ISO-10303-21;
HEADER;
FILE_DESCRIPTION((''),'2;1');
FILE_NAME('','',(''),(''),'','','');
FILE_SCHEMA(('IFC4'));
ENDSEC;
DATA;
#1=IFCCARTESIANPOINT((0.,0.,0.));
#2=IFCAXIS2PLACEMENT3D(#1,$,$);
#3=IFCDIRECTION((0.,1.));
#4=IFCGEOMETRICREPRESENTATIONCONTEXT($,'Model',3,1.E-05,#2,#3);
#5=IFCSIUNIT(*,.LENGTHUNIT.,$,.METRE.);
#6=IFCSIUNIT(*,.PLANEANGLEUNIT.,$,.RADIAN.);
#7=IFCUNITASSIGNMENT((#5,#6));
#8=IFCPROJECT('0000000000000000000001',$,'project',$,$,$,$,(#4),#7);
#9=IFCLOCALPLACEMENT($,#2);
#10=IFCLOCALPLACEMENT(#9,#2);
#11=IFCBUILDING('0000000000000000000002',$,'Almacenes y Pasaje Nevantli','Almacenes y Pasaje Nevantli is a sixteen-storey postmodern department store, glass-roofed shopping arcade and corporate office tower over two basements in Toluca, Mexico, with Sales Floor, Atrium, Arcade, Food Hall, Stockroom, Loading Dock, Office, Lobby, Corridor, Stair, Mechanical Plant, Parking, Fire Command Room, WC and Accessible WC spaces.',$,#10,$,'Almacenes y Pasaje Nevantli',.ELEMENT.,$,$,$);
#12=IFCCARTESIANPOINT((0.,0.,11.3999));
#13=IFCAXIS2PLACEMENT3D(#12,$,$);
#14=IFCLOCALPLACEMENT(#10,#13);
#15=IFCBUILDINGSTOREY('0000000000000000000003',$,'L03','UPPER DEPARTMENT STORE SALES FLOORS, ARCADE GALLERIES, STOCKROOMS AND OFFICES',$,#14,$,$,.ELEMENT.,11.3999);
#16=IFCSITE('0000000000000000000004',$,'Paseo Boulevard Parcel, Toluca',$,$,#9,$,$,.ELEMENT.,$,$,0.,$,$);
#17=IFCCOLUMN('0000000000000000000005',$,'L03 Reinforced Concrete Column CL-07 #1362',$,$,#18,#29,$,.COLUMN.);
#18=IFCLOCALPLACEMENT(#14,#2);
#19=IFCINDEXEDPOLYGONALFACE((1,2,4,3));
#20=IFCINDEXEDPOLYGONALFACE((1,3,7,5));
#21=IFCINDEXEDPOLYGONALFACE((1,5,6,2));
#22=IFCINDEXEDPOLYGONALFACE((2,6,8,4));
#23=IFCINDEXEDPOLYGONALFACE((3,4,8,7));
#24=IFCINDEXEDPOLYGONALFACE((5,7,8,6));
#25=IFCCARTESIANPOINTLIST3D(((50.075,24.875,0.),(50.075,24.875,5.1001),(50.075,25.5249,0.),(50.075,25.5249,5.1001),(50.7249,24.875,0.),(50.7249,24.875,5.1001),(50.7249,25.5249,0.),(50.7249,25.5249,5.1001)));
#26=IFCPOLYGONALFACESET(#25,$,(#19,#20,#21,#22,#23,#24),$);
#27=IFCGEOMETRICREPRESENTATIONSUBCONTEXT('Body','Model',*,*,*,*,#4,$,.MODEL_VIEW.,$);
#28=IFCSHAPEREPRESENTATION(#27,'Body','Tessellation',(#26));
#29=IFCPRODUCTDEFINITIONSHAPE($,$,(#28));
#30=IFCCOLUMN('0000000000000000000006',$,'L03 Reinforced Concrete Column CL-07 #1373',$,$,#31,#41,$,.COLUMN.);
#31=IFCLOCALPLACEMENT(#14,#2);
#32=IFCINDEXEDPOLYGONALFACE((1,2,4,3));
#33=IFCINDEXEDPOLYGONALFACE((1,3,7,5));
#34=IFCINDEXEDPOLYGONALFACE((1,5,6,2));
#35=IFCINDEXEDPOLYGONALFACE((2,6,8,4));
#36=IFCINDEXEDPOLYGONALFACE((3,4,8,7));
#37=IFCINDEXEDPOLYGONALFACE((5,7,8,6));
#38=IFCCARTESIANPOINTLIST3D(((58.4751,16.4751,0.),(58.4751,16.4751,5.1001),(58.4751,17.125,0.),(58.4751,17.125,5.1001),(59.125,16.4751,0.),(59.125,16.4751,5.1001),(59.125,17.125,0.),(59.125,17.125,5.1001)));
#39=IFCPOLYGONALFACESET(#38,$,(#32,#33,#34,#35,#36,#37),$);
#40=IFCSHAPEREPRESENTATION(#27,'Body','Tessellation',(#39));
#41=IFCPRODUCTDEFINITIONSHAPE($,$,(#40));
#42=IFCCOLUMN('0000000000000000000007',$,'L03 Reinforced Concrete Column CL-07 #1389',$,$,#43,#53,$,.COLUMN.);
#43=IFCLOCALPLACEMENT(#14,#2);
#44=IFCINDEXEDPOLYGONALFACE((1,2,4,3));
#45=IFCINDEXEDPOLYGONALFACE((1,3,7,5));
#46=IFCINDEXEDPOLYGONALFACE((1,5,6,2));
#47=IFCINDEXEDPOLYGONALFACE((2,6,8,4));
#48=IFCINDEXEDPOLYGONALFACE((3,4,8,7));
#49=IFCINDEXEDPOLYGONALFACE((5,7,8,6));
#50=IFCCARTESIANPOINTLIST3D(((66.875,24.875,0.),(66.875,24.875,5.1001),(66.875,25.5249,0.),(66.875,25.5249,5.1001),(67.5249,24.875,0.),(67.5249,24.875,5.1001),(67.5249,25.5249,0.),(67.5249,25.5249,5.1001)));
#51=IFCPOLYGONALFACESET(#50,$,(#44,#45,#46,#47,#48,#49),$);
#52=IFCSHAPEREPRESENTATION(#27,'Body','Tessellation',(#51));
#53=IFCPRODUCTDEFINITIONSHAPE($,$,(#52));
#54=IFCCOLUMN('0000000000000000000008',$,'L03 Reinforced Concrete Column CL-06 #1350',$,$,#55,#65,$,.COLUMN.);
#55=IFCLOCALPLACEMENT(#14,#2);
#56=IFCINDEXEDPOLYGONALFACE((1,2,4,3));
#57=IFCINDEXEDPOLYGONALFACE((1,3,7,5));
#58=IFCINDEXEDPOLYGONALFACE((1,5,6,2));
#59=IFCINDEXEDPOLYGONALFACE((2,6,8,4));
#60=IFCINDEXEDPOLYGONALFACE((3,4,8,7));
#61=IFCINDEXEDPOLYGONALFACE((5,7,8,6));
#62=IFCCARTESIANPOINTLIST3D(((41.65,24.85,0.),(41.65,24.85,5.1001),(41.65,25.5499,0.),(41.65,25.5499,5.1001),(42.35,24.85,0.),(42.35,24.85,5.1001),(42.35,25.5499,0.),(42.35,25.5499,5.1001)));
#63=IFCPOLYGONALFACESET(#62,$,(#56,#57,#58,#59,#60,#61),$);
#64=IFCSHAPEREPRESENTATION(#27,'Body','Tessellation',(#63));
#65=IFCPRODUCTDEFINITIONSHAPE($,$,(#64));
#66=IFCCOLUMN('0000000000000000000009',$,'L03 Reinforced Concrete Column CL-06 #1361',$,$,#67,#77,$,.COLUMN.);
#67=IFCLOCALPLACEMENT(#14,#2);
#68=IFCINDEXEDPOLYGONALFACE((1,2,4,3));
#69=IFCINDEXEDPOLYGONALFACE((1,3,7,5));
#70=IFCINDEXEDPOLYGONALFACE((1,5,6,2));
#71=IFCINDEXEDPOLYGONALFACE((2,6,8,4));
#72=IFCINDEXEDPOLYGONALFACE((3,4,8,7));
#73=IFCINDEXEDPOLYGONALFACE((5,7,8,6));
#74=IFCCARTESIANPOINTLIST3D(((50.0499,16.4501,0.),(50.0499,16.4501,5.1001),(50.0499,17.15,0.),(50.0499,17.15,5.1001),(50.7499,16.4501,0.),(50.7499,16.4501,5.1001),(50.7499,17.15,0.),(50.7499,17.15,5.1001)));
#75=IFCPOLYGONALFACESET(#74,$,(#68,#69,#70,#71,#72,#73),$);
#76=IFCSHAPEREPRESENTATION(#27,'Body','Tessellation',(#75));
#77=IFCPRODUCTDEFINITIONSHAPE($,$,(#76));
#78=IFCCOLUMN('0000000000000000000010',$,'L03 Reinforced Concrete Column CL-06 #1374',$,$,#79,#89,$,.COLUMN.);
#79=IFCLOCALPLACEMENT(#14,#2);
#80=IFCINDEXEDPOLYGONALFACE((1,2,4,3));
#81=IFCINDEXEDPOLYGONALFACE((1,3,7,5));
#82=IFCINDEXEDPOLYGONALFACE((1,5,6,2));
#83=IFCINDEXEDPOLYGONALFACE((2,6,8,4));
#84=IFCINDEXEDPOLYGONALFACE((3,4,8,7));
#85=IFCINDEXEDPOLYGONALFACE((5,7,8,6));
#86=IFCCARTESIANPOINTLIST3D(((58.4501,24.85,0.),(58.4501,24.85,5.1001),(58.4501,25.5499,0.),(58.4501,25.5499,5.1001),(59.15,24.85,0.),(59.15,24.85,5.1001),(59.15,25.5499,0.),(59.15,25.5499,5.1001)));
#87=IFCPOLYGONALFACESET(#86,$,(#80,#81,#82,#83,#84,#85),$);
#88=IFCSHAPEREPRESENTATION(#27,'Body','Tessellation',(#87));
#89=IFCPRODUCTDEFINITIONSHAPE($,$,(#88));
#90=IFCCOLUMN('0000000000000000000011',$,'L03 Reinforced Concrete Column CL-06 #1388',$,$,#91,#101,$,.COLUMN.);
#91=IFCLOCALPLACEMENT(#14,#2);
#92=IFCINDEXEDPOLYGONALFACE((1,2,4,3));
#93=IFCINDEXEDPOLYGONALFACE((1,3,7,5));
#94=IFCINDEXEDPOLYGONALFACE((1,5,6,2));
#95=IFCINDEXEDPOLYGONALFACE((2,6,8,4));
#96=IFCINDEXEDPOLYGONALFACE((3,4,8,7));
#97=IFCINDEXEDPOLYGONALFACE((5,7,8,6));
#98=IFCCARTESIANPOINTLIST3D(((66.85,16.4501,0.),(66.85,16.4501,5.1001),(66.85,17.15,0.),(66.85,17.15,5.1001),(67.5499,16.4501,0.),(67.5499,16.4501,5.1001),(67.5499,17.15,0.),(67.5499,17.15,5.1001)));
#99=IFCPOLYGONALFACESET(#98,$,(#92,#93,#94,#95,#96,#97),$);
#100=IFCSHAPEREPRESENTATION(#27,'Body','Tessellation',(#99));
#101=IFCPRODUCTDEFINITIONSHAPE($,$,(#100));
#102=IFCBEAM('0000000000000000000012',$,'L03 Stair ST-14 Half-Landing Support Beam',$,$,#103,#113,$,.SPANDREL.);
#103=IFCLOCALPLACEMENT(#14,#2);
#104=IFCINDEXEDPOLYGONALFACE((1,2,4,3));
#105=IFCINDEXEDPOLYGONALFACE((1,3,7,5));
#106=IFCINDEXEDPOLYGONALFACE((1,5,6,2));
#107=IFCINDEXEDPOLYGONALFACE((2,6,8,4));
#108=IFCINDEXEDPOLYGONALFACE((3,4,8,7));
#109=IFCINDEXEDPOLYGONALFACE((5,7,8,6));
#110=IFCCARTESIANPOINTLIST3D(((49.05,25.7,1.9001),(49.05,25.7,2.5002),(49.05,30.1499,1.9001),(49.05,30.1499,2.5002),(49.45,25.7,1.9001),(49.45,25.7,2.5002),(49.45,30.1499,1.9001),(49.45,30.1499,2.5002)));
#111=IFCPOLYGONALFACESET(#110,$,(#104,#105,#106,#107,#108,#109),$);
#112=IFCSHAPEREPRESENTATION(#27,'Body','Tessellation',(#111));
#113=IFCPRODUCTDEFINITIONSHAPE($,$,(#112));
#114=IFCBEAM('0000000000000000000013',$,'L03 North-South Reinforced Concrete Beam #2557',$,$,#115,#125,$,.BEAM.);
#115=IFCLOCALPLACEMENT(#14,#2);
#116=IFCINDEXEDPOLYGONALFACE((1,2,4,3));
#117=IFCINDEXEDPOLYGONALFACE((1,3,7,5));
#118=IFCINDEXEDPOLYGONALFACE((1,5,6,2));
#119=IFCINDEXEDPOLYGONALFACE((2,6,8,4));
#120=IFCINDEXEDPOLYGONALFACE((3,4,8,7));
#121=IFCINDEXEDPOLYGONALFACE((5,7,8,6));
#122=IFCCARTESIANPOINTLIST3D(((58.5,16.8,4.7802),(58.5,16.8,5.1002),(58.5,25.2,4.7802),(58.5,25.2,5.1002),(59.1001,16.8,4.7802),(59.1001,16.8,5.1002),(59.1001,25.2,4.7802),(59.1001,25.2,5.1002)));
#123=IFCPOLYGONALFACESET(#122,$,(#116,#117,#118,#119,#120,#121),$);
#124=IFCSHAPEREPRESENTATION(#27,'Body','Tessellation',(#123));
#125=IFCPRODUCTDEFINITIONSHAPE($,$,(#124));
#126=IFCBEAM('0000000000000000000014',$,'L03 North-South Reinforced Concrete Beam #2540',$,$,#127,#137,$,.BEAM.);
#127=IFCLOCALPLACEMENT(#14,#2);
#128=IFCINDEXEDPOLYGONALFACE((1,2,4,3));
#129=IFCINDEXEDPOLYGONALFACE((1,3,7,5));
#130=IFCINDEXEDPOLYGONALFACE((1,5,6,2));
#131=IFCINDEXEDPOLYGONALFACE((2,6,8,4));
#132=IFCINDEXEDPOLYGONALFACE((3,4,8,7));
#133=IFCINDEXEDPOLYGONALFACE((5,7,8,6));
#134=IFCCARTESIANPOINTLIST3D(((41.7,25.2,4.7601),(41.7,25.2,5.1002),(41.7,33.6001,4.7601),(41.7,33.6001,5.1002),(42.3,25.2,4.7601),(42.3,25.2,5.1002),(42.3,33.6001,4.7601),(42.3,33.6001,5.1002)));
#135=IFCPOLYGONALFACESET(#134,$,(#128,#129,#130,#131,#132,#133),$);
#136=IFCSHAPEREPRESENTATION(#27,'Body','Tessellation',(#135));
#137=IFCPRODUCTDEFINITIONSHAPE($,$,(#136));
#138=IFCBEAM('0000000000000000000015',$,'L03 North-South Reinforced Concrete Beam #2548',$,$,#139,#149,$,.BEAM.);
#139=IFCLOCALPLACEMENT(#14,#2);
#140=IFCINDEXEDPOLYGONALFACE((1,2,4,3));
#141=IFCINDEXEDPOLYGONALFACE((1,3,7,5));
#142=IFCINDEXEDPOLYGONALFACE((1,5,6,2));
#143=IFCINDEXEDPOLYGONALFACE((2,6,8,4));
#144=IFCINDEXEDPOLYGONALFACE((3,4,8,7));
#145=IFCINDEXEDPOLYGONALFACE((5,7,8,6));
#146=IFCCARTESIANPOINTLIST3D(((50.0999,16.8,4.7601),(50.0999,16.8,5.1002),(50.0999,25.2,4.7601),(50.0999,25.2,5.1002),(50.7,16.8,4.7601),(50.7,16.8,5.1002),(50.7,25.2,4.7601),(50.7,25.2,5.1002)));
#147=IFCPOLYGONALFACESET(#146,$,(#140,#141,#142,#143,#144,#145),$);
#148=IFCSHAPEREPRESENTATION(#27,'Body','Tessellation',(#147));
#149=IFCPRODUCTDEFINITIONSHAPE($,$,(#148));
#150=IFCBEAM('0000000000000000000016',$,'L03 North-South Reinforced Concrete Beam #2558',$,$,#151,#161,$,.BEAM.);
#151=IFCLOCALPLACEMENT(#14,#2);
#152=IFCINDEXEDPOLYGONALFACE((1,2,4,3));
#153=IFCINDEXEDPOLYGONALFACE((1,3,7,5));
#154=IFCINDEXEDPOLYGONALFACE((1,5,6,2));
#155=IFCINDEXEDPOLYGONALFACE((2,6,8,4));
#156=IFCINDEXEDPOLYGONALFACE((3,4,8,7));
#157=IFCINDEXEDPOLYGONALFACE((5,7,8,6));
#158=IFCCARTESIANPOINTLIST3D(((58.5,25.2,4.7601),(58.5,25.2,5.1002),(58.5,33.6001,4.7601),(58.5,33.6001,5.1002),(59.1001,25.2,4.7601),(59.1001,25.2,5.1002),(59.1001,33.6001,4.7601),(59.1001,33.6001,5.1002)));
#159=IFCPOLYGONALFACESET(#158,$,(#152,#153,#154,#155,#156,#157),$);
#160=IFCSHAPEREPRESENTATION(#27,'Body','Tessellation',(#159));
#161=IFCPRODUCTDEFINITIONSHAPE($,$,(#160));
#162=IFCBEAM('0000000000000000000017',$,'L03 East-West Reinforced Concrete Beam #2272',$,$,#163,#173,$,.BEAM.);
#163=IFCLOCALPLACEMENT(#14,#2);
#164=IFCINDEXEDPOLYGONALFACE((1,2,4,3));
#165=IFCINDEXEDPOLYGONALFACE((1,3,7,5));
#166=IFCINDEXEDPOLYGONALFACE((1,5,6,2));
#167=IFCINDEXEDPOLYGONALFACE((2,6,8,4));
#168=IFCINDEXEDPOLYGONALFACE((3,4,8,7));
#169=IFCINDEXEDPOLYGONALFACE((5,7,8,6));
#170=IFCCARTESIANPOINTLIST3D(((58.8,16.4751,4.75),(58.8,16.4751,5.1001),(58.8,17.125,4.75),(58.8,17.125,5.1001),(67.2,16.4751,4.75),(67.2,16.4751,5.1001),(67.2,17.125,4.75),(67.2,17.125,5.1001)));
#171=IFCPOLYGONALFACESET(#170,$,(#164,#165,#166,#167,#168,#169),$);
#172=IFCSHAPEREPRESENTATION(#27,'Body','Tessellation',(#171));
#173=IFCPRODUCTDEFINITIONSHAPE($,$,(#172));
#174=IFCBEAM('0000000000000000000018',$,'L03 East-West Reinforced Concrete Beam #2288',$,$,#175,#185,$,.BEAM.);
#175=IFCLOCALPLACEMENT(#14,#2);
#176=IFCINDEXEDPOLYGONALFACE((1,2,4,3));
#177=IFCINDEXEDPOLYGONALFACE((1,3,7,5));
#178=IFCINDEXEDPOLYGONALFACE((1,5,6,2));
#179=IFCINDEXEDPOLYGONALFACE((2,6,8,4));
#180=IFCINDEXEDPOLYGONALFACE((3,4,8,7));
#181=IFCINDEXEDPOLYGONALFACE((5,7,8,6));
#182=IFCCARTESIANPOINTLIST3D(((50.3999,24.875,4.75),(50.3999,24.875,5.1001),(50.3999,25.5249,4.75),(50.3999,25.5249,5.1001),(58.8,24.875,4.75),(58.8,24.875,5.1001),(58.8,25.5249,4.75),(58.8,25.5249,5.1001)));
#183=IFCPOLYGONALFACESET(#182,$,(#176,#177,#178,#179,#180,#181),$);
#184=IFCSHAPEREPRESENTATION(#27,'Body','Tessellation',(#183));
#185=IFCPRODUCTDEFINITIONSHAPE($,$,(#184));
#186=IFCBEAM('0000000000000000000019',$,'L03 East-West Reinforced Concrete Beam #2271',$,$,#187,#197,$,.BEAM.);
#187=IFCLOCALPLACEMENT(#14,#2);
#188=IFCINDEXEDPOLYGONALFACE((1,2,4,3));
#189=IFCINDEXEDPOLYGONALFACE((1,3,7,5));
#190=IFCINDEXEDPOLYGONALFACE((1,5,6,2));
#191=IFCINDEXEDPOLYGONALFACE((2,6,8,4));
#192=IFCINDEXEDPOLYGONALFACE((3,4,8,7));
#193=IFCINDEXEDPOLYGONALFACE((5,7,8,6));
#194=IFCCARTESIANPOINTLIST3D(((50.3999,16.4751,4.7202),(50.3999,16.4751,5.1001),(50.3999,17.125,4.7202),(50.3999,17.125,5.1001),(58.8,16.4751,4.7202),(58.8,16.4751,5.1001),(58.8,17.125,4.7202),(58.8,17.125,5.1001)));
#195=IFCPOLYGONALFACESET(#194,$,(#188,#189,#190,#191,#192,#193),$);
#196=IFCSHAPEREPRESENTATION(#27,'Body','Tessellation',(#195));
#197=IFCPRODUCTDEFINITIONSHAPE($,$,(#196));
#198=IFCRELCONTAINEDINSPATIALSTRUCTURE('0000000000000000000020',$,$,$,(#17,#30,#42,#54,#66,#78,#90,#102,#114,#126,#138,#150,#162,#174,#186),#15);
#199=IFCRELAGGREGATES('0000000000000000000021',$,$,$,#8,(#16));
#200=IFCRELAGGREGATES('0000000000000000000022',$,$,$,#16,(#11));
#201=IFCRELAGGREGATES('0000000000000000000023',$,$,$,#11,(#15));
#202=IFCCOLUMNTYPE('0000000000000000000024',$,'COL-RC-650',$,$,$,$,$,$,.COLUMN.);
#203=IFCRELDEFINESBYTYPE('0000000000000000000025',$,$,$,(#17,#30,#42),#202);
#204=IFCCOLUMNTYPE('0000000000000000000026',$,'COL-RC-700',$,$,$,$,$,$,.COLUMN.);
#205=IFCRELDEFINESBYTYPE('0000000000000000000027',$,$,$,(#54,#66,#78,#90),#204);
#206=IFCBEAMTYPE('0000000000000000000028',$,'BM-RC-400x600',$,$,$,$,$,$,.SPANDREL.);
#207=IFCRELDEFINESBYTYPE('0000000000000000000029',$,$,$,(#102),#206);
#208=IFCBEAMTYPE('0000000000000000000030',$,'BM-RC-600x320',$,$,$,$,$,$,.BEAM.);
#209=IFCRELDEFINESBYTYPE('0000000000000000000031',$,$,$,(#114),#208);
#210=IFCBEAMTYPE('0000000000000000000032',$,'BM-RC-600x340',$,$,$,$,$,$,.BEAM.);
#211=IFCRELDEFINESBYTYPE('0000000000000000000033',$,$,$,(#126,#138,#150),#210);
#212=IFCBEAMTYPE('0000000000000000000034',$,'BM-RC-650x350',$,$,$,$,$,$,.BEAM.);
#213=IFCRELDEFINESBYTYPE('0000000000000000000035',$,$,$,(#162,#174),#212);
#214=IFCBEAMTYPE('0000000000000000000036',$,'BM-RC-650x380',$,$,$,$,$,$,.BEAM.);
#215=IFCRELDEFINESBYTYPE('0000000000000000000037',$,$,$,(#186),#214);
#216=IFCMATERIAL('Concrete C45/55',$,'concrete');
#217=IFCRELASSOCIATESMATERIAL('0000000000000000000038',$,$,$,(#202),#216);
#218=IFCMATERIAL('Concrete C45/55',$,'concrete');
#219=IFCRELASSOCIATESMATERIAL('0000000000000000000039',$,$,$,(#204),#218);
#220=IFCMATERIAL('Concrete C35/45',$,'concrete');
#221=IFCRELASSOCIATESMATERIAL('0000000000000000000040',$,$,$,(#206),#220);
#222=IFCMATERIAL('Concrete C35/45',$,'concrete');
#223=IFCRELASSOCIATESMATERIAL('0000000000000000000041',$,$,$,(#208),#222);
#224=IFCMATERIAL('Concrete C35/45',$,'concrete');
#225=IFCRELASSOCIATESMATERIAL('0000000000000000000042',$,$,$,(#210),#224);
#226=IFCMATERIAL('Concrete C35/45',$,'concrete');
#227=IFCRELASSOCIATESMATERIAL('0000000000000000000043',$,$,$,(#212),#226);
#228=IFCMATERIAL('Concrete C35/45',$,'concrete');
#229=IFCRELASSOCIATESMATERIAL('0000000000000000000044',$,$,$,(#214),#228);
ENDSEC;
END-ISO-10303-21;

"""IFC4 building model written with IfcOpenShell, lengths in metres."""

from ifc_helpers import new_model, si_unit, direction, frame, origin, origin_2d, place, context, subcontext, project, spatial, rectangle, extrude, material, material_profile, profile_set, type_object, element, save


model = new_model("IFC4")

# Units and contexts
model_context = context("Model", 3, precision=1e-05, world=origin(), true_north=direction((0.0, 1.0)))
body_context = subcontext(model_context, "Body", "Model", "MODEL_VIEW")
ifc_project = project(units=[si_unit("LENGTHUNIT", "METRE"), si_unit("PLANEANGLEUNIT", "RADIAN")], contexts=[model_context])

# Site, building, storey
site_placement = place(None, origin())
site = spatial("IfcSite", under=ifc_project, at=site_placement, Name="Paseo Boulevard Parcel, Toluca", CompositionType="ELEMENT", RefElevation=0.0)
building_placement = place(site_placement, origin())
building = spatial("IfcBuilding", under=site, at=building_placement, Name="Almacenes y Pasaje Nevantli", Description="Almacenes y Pasaje Nevantli is a sixteen-storey postmodern department store, glass-roofed shopping arcade and corporate office tower over two basements in Toluca, Mexico, with Sales Floor, Atrium, Arcade, Food Hall, Stockroom, Loading Dock, Office, Lobby, Corridor, Stair, Mechanical Plant, Parking, Fire Command Room, WC and Accessible WC spaces.", LongName="Almacenes y Pasaje Nevantli", CompositionType="ELEMENT")
storey_placement = place(building_placement, frame((0.0, 0.0, 11.3999)))
storey = spatial("IfcBuildingStorey", under=building, at=storey_placement, Name="L03", Description="UPPER DEPARTMENT STORE SALES FLOORS, ARCADE GALLERIES, STOCKROOMS AND OFFICES", CompositionType="ELEMENT", Elevation=11.3999)

# Columns
ifc_material_1 = material(Name="Concrete C45/55", Category="concrete")
ifc_material_profile_1 = material_profile(ifc_material_1, rectangle(XDim=0.6499, YDim=0.6499, at=origin_2d()), Name="RC-COL-650x650")
ifc_profile_set_1 = profile_set([ifc_material_profile_1], Name="Concrete C45/55")
column_type_1 = type_object("IfcColumnType", Name="COL-RC-650", PredefinedType="COLUMN", material=ifc_profile_set_1)
for number, where, z_axis, x_axis, name in (
    (1, (50.3999, 25.2, 0.0), (0.0, 0.0, 1.0), (1.0, 0.0, 0.0), "L03 Reinforced Concrete Column CL-07 #1362"),
    (2, (58.8, 16.8, 0.0), (0.0, 0.0, 1.0), (1.0, 0.0, 0.0), "L03 Reinforced Concrete Column CL-07 #1373"),
    (3, (67.2, 25.2, 0.0), (0.0, 0.0, 1.0), (1.0, 0.0, 0.0), "L03 Reinforced Concrete Column CL-07 #1389"),
):
    element("IfcColumn", number, at=place(storey_placement, frame(where, z_axis=z_axis, x_axis=x_axis)), inside=storey, type_object=column_type_1, Name=name, PredefinedType="COLUMN", context=body_context, shape_type="SweptSolid", body=[
        extrude(rectangle(XDim=0.6499, YDim=0.6499, at=origin_2d()), origin(), (0.0, 0.0, 1.0), 5.1001),
    ])
ifc_material_2 = material(Name="Concrete C45/55", Category="concrete")
ifc_material_profile_2 = material_profile(ifc_material_2, rectangle(XDim=0.7, YDim=0.7, at=origin_2d()), Name="RC-COL-700x700")
ifc_profile_set_2 = profile_set([ifc_material_profile_2], Name="Concrete C45/55")
column_type_2 = type_object("IfcColumnType", Name="COL-RC-700", PredefinedType="COLUMN", material=ifc_profile_set_2)
for number, where, z_axis, x_axis, name in (
    (4, (42.0, 25.2, 0.0), (0.0, 0.0, 1.0), (1.0, 0.0, 0.0), "L03 Reinforced Concrete Column CL-06 #1350"),
    (5, (50.3999, 16.8, 0.0), (0.0, 0.0, 1.0), (1.0, 0.0, 0.0), "L03 Reinforced Concrete Column CL-06 #1361"),
    (6, (58.8, 25.2, 0.0), (0.0, 0.0, 1.0), (1.0, 0.0, 0.0), "L03 Reinforced Concrete Column CL-06 #1374"),
    (7, (67.2, 16.8, 0.0), (0.0, 0.0, 1.0), (1.0, 0.0, 0.0), "L03 Reinforced Concrete Column CL-06 #1388"),
):
    element("IfcColumn", number, at=place(storey_placement, frame(where, z_axis=z_axis, x_axis=x_axis)), inside=storey, type_object=column_type_2, Name=name, PredefinedType="COLUMN", context=body_context, shape_type="SweptSolid", body=[
        extrude(rectangle(XDim=0.7, YDim=0.7, at=origin_2d()), origin(), (0.0, 0.0, 1.0), 5.1001),
    ])

# Beams
ifc_material_3 = material(Name="Concrete C35/45", Category="concrete")
ifc_material_profile_3 = material_profile(ifc_material_3, rectangle(XDim=0.3999, YDim=0.6001, at=origin_2d()), Name="RC-BM-400x600")
ifc_profile_set_3 = profile_set([ifc_material_profile_3], Name="Concrete C35/45")
beam_type_1 = type_object("IfcBeamType", Name="BM-RC-400x600", PredefinedType="SPANDREL", material=ifc_profile_set_3)
beam_1_placement = place(storey_placement, frame((49.25, 25.7, 2.2002), z_axis=(0.0, 1.0, 0.0), x_axis=(-1.0, 0.0, 0.0)))
element("IfcBeam", 8, at=beam_1_placement, inside=storey, type_object=beam_type_1, Name="L03 Stair ST-14 Half-Landing Support Beam", PredefinedType="SPANDREL", context=body_context, shape_type="SweptSolid", body=[
    extrude(rectangle(XDim=0.3999, YDim=0.6001, at=origin_2d()), origin(), (0.0, 0.0, 1.0), 4.45),
])
ifc_material_4 = material(Name="Concrete C35/45", Category="concrete")
ifc_material_profile_4 = material_profile(ifc_material_4, rectangle(XDim=0.6001, YDim=0.3201, at=origin_2d()), Name="RC-BM-600x320")
ifc_profile_set_4 = profile_set([ifc_material_profile_4], Name="Concrete C35/45")
beam_type_2 = type_object("IfcBeamType", Name="BM-RC-600x320", PredefinedType="BEAM", material=ifc_profile_set_4)
beam_2_placement = place(storey_placement, frame((58.8, 16.8, 4.9402), z_axis=(0.0, 1.0, 0.0), x_axis=(-1.0, 0.0, 0.0)))
element("IfcBeam", 9, at=beam_2_placement, inside=storey, type_object=beam_type_2, Name="L03 North-South Reinforced Concrete Beam #2557", PredefinedType="BEAM", context=body_context, shape_type="SweptSolid", body=[
    extrude(rectangle(XDim=0.6001, YDim=0.3201, at=origin_2d()), origin(), (0.0, 0.0, 1.0), 8.3999),
])
ifc_material_5 = material(Name="Concrete C35/45", Category="concrete")
ifc_material_profile_5 = material_profile(ifc_material_5, rectangle(XDim=0.6001, YDim=0.3401, at=origin_2d()), Name="RC-BM-600x340")
ifc_profile_set_5 = profile_set([ifc_material_profile_5], Name="Concrete C35/45")
beam_type_3 = type_object("IfcBeamType", Name="BM-RC-600x340", PredefinedType="BEAM", material=ifc_profile_set_5)
beam_3_placement = place(storey_placement, frame((42.0, 25.2, 4.9302), z_axis=(0.0, 1.0, 0.0), x_axis=(-1.0, 0.0, 0.0)))
element("IfcBeam", 10, at=beam_3_placement, inside=storey, type_object=beam_type_3, Name="L03 North-South Reinforced Concrete Beam #2540", PredefinedType="BEAM", context=body_context, shape_type="SweptSolid", body=[
    extrude(rectangle(XDim=0.6001, YDim=0.3401, at=origin_2d()), origin(), (0.0, 0.0, 1.0), 8.4001),
])
beam_4_placement = place(storey_placement, frame((50.3999, 16.8, 4.9302), z_axis=(0.0, 1.0, 0.0), x_axis=(-1.0, 0.0, 0.0)))
element("IfcBeam", 11, at=beam_4_placement, inside=storey, type_object=beam_type_3, Name="L03 North-South Reinforced Concrete Beam #2548", PredefinedType="BEAM", context=body_context, shape_type="SweptSolid", body=[
    extrude(rectangle(XDim=0.6001, YDim=0.3401, at=origin_2d()), origin(), (0.0, 0.0, 1.0), 8.3999),
])
beam_5_placement = place(storey_placement, frame((58.8, 25.2, 4.9302), z_axis=(0.0, 1.0, 0.0), x_axis=(-1.0, 0.0, 0.0)))
element("IfcBeam", 12, at=beam_5_placement, inside=storey, type_object=beam_type_3, Name="L03 North-South Reinforced Concrete Beam #2558", PredefinedType="BEAM", context=body_context, shape_type="SweptSolid", body=[
    extrude(rectangle(XDim=0.6001, YDim=0.3401, at=origin_2d()), origin(), (0.0, 0.0, 1.0), 8.4001),
])
ifc_material_6 = material(Name="Concrete C35/45", Category="concrete")
ifc_material_profile_6 = material_profile(ifc_material_6, rectangle(XDim=0.6499, YDim=0.3501, at=origin_2d()), Name="RC-BM-650x350")
ifc_profile_set_6 = profile_set([ifc_material_profile_6], Name="Concrete C35/45")
beam_type_4 = type_object("IfcBeamType", Name="BM-RC-650x350", PredefinedType="BEAM", material=ifc_profile_set_6)
beam_6_placement = place(storey_placement, frame((58.8, 16.8, 4.925), z_axis=(1.0, 0.0, 0.0), x_axis=(0.0, 1.0, 0.0)))
element("IfcBeam", 13, at=beam_6_placement, inside=storey, type_object=beam_type_4, Name="L03 East-West Reinforced Concrete Beam #2272", PredefinedType="BEAM", context=body_context, shape_type="SweptSolid", body=[
    extrude(rectangle(XDim=0.6499, YDim=0.3501, at=origin_2d()), origin(), (0.0, 0.0, 1.0), 8.3999),
])
beam_7_placement = place(storey_placement, frame((50.3999, 25.2, 4.925), z_axis=(1.0, 0.0, 0.0), x_axis=(0.0, 1.0, 0.0)))
element("IfcBeam", 14, at=beam_7_placement, inside=storey, type_object=beam_type_4, Name="L03 East-West Reinforced Concrete Beam #2288", PredefinedType="BEAM", context=body_context, shape_type="SweptSolid", body=[
    extrude(rectangle(XDim=0.6499, YDim=0.3501, at=origin_2d()), origin(), (0.0, 0.0, 1.0), 8.4001),
])
ifc_material_7 = material(Name="Concrete C35/45", Category="concrete")
ifc_material_profile_7 = material_profile(ifc_material_7, rectangle(XDim=0.6499, YDim=0.3799, at=origin_2d()), Name="RC-BM-650x380")
ifc_profile_set_7 = profile_set([ifc_material_profile_7], Name="Concrete C35/45")
beam_type_5 = type_object("IfcBeamType", Name="BM-RC-650x380", PredefinedType="BEAM", material=ifc_profile_set_7)
beam_8_placement = place(storey_placement, frame((50.3999, 16.8, 4.9102), z_axis=(1.0, 0.0, 0.0), x_axis=(0.0, 1.0, 0.0)))
element("IfcBeam", 15, at=beam_8_placement, inside=storey, type_object=beam_type_5, Name="L03 East-West Reinforced Concrete Beam #2271", PredefinedType="BEAM", context=body_context, shape_type="SweptSolid", body=[
    extrude(rectangle(XDim=0.6499, YDim=0.3799, at=origin_2d()), origin(), (0.0, 0.0, 1.0), 8.4001),
])

save(model, "model.ifc")
